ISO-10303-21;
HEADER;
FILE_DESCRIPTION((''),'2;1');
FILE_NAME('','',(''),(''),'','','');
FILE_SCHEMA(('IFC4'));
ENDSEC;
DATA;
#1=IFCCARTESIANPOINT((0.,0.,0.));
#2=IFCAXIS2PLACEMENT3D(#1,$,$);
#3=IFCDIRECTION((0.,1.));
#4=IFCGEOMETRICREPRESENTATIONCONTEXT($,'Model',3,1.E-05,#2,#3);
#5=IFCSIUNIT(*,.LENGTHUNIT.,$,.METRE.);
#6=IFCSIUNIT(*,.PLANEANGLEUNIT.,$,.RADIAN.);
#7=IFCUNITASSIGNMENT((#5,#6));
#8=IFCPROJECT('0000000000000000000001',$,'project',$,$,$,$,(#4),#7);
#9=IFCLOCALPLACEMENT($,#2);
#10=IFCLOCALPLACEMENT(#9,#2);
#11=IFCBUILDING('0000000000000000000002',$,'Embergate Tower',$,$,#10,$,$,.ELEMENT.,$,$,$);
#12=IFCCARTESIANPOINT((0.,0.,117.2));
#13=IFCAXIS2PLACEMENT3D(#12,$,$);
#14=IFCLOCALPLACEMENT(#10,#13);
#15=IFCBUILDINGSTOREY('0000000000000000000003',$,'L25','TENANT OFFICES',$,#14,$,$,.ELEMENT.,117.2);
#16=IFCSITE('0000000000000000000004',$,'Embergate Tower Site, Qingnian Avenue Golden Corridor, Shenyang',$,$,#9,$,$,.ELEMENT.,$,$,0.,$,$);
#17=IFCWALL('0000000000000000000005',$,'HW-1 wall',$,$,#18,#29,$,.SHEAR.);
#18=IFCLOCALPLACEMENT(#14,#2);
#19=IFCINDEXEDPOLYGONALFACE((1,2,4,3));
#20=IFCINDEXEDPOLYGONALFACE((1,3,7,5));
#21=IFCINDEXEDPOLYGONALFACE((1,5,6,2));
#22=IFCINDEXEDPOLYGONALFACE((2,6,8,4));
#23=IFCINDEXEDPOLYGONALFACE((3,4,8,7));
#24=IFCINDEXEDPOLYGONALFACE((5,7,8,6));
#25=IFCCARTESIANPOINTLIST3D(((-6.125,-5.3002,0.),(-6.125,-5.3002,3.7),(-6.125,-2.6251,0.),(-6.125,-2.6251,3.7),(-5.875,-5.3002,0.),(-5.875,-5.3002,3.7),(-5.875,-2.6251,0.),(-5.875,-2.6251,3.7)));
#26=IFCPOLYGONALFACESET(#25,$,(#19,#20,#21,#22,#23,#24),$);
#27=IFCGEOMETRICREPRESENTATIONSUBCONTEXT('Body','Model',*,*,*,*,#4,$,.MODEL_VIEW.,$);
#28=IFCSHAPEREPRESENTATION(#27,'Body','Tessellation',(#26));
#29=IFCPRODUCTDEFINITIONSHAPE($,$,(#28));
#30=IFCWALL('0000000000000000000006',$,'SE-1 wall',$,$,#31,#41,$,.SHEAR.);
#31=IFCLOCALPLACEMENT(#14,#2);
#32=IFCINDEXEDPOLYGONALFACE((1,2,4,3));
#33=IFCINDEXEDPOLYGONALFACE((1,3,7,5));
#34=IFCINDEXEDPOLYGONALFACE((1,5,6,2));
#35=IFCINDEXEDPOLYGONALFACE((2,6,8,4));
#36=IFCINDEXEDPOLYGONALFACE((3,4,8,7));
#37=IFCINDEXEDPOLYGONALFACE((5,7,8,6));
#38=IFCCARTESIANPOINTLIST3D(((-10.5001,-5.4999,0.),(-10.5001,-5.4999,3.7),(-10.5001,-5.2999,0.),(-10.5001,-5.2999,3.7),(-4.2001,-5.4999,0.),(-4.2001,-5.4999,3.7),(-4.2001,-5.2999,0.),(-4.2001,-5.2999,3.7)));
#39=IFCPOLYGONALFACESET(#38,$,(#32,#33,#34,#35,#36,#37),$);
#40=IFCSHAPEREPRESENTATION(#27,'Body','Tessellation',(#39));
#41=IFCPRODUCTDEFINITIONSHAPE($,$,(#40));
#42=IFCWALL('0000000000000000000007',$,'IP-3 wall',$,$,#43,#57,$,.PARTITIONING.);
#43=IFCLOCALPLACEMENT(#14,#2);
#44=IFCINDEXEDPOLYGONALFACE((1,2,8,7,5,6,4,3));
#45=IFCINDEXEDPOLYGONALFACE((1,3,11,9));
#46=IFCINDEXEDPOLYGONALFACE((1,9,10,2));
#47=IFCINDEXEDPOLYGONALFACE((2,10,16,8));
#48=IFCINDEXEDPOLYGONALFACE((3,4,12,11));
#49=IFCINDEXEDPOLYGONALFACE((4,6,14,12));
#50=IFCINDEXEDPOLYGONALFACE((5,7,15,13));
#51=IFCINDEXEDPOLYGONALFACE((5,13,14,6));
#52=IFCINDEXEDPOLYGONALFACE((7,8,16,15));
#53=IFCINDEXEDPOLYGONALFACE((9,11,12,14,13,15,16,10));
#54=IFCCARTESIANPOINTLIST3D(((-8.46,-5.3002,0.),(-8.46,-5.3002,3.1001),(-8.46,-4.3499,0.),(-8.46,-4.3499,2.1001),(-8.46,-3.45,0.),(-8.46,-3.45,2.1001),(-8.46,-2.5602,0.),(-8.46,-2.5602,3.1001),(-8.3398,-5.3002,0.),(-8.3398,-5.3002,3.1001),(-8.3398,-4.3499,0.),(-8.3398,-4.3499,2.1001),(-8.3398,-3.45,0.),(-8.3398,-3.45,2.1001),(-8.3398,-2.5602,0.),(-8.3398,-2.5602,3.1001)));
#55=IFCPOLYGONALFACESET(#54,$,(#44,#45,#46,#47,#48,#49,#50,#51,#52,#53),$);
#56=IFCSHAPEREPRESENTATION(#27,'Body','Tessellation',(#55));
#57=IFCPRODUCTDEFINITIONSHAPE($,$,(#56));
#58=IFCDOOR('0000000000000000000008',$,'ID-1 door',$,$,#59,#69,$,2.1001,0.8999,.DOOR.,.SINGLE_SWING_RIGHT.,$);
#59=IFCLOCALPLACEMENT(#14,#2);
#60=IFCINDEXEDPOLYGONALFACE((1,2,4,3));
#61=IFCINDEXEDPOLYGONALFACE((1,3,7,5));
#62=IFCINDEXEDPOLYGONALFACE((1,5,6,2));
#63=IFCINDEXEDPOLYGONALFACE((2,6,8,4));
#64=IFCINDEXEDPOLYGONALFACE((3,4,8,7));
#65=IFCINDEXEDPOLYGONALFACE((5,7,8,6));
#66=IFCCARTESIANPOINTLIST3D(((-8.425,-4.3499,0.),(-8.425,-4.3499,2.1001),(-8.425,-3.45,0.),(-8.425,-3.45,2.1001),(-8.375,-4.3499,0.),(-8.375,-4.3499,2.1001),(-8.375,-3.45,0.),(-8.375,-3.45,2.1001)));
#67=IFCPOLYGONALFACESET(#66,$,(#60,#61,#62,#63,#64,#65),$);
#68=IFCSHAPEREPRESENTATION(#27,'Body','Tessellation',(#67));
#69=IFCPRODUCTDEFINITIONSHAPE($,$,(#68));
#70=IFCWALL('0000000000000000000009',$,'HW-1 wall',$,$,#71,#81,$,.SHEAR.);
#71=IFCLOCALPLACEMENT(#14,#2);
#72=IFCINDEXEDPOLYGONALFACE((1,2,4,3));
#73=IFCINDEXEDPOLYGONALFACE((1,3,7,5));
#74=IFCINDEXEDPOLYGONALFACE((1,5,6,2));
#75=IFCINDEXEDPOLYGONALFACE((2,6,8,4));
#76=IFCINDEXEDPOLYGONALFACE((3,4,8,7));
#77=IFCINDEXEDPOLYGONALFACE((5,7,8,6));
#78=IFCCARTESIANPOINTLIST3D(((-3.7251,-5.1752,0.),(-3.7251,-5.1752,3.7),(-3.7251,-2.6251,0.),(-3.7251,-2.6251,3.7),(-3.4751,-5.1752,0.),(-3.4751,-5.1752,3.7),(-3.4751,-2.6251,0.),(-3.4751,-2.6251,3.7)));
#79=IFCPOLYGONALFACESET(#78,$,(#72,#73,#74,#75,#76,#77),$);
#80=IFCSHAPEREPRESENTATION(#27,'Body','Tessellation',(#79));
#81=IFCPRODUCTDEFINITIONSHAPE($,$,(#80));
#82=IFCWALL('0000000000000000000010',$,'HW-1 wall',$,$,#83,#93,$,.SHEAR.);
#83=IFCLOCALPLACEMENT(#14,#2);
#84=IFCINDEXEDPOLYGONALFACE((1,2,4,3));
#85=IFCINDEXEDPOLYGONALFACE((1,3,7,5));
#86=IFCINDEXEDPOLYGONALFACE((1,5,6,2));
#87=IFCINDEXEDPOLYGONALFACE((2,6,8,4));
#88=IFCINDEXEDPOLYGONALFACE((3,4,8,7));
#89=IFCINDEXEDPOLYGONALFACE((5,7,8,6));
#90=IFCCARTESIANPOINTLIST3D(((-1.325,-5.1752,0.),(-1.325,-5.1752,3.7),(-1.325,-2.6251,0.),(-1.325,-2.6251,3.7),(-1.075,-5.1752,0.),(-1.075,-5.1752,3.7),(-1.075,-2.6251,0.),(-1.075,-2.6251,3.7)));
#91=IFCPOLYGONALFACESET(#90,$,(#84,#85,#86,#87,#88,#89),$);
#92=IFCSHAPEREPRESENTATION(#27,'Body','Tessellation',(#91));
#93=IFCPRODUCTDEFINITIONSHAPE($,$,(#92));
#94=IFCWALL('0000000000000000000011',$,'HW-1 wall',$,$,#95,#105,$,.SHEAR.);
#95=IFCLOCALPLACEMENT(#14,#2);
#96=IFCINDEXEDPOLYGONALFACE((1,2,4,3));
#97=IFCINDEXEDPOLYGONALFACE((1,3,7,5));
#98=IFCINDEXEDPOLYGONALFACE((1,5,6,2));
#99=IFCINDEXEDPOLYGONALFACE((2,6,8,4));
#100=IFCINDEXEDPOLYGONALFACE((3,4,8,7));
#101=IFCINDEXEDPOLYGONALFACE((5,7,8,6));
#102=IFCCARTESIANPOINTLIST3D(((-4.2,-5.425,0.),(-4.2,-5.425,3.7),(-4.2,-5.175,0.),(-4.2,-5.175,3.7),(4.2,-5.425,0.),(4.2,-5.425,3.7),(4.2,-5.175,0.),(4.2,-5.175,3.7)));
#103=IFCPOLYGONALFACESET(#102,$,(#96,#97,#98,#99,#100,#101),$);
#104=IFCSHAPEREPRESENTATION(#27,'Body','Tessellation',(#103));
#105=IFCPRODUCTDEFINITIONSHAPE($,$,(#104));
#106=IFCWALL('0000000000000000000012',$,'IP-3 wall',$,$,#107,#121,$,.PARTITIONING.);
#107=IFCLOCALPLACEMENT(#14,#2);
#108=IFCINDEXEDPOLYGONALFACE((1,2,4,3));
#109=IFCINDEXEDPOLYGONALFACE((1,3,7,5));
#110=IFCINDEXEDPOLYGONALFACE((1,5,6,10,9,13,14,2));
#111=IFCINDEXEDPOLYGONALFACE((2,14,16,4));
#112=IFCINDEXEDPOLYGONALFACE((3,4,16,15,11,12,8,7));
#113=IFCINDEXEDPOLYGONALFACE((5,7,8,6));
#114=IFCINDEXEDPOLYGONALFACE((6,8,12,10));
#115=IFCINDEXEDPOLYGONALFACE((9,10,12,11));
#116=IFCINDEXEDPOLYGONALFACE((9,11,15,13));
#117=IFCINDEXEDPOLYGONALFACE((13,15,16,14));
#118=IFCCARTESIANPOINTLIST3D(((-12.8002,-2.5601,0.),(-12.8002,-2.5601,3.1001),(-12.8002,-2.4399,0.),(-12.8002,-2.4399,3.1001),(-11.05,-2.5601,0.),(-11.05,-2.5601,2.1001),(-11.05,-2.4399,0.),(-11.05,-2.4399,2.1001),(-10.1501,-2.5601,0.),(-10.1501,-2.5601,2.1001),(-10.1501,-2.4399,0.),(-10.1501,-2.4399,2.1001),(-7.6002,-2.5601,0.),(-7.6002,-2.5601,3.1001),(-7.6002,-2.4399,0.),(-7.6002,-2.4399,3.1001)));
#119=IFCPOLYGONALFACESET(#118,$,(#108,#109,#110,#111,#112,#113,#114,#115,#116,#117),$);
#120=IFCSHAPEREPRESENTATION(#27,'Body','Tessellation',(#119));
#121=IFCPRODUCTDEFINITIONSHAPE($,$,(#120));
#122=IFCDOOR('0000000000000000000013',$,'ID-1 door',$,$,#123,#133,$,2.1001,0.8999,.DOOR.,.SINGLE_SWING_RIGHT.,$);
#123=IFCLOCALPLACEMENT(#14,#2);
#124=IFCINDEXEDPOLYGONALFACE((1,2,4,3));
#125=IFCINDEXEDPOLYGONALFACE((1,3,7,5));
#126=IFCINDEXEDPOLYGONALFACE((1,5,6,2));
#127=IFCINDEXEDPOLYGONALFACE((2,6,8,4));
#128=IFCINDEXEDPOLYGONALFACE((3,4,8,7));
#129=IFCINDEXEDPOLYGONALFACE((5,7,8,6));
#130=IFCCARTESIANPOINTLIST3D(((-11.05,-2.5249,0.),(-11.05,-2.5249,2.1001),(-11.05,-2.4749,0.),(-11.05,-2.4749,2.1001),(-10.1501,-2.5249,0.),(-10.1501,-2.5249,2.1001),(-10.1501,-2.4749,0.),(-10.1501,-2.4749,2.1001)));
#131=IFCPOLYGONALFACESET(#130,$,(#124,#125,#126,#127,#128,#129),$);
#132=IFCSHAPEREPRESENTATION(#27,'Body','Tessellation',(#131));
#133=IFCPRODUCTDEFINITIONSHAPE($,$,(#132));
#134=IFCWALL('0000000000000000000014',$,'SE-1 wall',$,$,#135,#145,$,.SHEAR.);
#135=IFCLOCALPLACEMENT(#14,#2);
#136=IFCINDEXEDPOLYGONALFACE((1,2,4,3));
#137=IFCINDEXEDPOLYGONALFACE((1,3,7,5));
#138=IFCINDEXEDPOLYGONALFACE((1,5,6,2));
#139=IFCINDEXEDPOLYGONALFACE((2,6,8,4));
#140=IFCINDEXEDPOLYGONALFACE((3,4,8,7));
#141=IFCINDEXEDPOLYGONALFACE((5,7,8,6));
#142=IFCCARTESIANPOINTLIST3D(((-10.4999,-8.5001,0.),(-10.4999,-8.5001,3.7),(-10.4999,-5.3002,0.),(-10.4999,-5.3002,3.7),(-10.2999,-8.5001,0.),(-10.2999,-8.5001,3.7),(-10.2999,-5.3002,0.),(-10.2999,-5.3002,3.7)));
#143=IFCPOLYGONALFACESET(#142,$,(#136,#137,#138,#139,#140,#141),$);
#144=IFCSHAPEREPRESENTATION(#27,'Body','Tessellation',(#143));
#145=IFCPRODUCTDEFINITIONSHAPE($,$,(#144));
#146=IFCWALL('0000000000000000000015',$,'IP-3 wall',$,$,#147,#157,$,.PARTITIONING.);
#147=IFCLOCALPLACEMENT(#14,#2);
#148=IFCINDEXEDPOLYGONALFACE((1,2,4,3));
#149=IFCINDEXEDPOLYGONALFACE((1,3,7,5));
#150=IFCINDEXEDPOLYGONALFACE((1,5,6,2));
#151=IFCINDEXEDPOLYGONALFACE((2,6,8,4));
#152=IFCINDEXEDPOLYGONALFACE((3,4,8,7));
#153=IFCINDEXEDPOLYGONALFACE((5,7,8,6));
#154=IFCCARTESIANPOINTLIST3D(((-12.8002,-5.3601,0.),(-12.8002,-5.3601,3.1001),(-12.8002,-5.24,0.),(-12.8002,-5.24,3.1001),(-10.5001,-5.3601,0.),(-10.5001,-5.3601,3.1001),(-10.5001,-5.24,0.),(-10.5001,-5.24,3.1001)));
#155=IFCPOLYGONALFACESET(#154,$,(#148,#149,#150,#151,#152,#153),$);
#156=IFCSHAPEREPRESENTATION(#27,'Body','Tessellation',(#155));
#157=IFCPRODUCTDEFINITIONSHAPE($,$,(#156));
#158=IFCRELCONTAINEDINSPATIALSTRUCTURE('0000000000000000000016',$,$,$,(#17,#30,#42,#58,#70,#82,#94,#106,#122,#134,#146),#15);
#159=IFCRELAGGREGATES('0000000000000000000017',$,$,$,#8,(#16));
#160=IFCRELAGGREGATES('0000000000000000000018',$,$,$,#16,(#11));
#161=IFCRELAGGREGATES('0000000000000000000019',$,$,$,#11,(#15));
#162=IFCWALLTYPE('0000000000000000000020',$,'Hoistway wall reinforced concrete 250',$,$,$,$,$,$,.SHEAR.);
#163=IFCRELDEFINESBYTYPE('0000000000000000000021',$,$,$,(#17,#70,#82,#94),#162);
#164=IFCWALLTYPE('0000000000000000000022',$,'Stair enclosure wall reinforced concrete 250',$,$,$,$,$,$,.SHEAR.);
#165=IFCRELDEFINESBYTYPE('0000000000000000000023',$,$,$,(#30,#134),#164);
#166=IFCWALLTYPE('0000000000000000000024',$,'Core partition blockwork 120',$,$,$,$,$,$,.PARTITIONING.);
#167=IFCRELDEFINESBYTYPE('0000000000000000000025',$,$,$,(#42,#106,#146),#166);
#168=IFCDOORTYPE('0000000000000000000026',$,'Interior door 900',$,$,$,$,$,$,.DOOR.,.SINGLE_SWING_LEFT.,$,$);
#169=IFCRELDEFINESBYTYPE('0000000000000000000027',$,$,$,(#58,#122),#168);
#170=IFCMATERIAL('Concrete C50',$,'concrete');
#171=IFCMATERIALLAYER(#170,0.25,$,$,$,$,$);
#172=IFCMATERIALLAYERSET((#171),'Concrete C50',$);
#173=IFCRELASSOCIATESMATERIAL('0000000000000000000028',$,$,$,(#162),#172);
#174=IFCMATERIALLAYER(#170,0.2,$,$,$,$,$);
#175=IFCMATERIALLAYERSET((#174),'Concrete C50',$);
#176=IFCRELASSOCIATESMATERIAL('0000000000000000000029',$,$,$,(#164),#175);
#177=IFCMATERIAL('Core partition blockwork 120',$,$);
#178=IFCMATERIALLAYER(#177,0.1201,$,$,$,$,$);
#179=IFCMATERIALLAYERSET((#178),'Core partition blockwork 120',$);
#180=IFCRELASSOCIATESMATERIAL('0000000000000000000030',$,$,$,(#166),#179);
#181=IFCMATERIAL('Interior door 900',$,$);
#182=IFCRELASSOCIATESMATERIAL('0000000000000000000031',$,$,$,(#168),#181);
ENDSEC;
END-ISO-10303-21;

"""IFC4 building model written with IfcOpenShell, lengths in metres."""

from ifc_helpers import new_model, si_unit, direction, frame, frame_2d, origin, place, context, subcontext, project, spatial, rectangle, extrude, source, transform, mapped, material, layer, layer_set, type_object, element, fill, save


model = new_model("IFC4")

# Units and contexts
model_context = context("Model", 3, precision=1e-05, world=origin(), true_north=direction((0.0, 1.0)))
body_context = subcontext(model_context, "Body", "Model", "MODEL_VIEW")
ifc_project = project(units=[si_unit("LENGTHUNIT", "METRE"), si_unit("PLANEANGLEUNIT", "RADIAN")], contexts=[model_context])

# Site, building, storey
site_placement = place(None, origin())
site = spatial("IfcSite", under=ifc_project, at=site_placement, Name="Embergate Tower Site, Qingnian Avenue Golden Corridor, Shenyang", CompositionType="ELEMENT", RefElevation=0.0)
building_placement = place(site_placement, origin())
building = spatial("IfcBuilding", under=site, at=building_placement, Name="Embergate Tower", CompositionType="ELEMENT")
storey_placement = place(building_placement, frame((0.0, 0.0, 117.2)))
storey = spatial("IfcBuildingStorey", under=building, at=storey_placement, Name="L25", Description="TENANT OFFICES", CompositionType="ELEMENT", Elevation=117.2)

# Walls
ifc_material_1 = material(Name="Concrete C50", Category="concrete")
ifc_layer_1 = layer(ifc_material_1, 0.25)
ifc_layer_set_1 = layer_set([ifc_layer_1], Name="Concrete C50")
wall_type_1 = type_object("IfcWallType", Name="Hoistway wall reinforced concrete 250", PredefinedType="SHEAR", material=ifc_layer_set_1)
shared_shape_1 = source(origin(), body_context, "Body", "SweptSolid", [
    extrude(rectangle(XDim=2.675, YDim=0.25, at=frame_2d((1.3374, 0.0))), origin(), (0.0, 0.0, 1.0), 3.7),
])
wall_1_placement = place(storey_placement, frame((-6.0, -5.3, 0.0), z_axis=(0.0, 0.0, 1.0), x_axis=(0.0, 1.0, 0.0)))
element("IfcWall", 1, at=wall_1_placement, inside=storey, type_object=wall_type_1, Name="HW-1 wall", PredefinedType="SHEAR", context=body_context, shape_type="MappedRepresentation", body=[
    mapped(shared_shape_1, transform((0.0, 0.0, 0.0))),
])
ifc_layer_2 = layer(ifc_material_1, 0.2)
ifc_layer_set_2 = layer_set([ifc_layer_2], Name="Concrete C50")
wall_type_2 = type_object("IfcWallType", Name="Stair enclosure wall reinforced concrete 250", PredefinedType="SHEAR", material=ifc_layer_set_2)
shared_shape_2 = source(origin(), body_context, "Body", "SweptSolid", [
    extrude(rectangle(XDim=6.3, YDim=0.2, at=frame_2d((3.1499, 0.0))), origin(), (0.0, 0.0, 1.0), 3.7),
])
wall_2_placement = place(storey_placement, frame((-10.5, -5.3999, 0.0), z_axis=(0.0, 0.0, 1.0), x_axis=(1.0, 0.0, 0.0)))
element("IfcWall", 2, at=wall_2_placement, inside=storey, type_object=wall_type_2, Name="SE-1 wall", PredefinedType="SHEAR", context=body_context, shape_type="MappedRepresentation", body=[
    mapped(shared_shape_2, transform((0.0, 0.0, 0.0))),
])

# Wall, opening, door
ifc_material_2 = material(Name="Core partition blockwork 120")
ifc_layer_3 = layer(ifc_material_2, 0.1201)
ifc_layer_set_3 = layer_set([ifc_layer_3], Name="Core partition blockwork 120")
wall_type_3 = type_object("IfcWallType", Name="Core partition blockwork 120", PredefinedType="PARTITIONING", material=ifc_layer_set_3)
shared_shape_3 = source(origin(), body_context, "Body", "SweptSolid", [
    extrude(rectangle(XDim=2.74, YDim=0.1201, at=frame_2d((1.3701, 0.0))), origin(), (0.0, 0.0, 1.0), 3.1001),
])
wall_3_placement = place(storey_placement, frame((-8.3999, -2.5601, 0.0), z_axis=(0.0, 0.0, 1.0), x_axis=(0.0, -1.0, 0.0)))
wall_3 = element("IfcWall", 3, at=wall_3_placement, inside=storey, type_object=wall_type_3, Name="IP-3 wall", PredefinedType="PARTITIONING", context=body_context, shape_type="MappedRepresentation", body=[
    mapped(shared_shape_3, transform((0.0, 0.0, 0.0))),
])
shared_shape_4 = source(origin(), body_context, "Body", "SweptSolid", [
    extrude(rectangle(XDim=0.8999, YDim=2.1001, at=frame_2d((0.45, 1.05))), frame((0.0, 0.0701, 0.0), z_axis=(0.0, -1.0, 0.0), x_axis=(1.0, 0.0, 0.0)), (0.0, 0.0, 1.0), 0.1401),
])
opening_1_placement = place(wall_3_placement, frame((0.8899, 0.0, 0.0)))
opening_1 = element("IfcOpeningElement", 4, at=opening_1_placement, cuts=wall_3, PredefinedType="OPENING", context=body_context, shape_type="MappedRepresentation", body=[
    mapped(shared_shape_4, transform((0.0, 0.0, 0.0))),
])
ifc_material_3 = material(Name="Interior door 900")
door_type = type_object("IfcDoorType", Name="Interior door 900", OperationType="SINGLE_SWING_LEFT", PredefinedType="DOOR", material=ifc_material_3)
shared_shape_5 = source(origin(), body_context, "Body", "SweptSolid", [
    extrude(rectangle(XDim=0.8999, YDim=2.1001, at=frame_2d((0.45, 1.05))), frame((0.0, 0.0249, 0.0), z_axis=(0.0, -1.0, 0.0), x_axis=(1.0, 0.0, 0.0)), (0.0, 0.0, 1.0), 0.05),
])
door_1_placement = place(opening_1_placement, origin())
door_1 = element("IfcDoor", 5, at=door_1_placement, inside=storey, type_object=door_type, Name="ID-1 door", OperationType="SINGLE_SWING_RIGHT", OverallHeight=2.1001, OverallWidth=0.8999, PredefinedType="DOOR", context=body_context, shape_type="MappedRepresentation", body=[
    mapped(shared_shape_5, transform((0.0, 0.0, 0.0))),
])
fill(opening_1, door_1)

# Walls
shared_shape_6 = source(origin(), body_context, "Body", "SweptSolid", [
    extrude(rectangle(XDim=2.55, YDim=0.25, at=frame_2d((1.2749, 0.0))), origin(), (0.0, 0.0, 1.0), 3.7),
])
for number, where, z_axis, x_axis, name in (
    (6, (-3.6001, -5.175, 0.0), (0.0, 0.0, 1.0), (0.0, 1.0, 0.0), "HW-1 wall"),
    (7, (-1.2, -5.175, 0.0), (0.0, 0.0, 1.0), (0.0, 1.0, 0.0), "HW-1 wall"),
):
    element("IfcWall", number, at=place(storey_placement, frame(where, z_axis=z_axis, x_axis=x_axis)), inside=storey, type_object=wall_type_1, Name=name, PredefinedType="SHEAR", context=body_context, shape_type="MappedRepresentation", body=[
        mapped(shared_shape_6, transform((0.0, 0.0, 0.0))),
    ])
shared_shape_7 = source(origin(), body_context, "Body", "SweptSolid", [
    extrude(rectangle(XDim=8.3999, YDim=0.25, at=frame_2d((4.2, 0.0))), origin(), (0.0, 0.0, 1.0), 3.7),
])
wall_4_placement = place(storey_placement, frame((-4.2, -5.3, 0.0), z_axis=(0.0, 0.0, 1.0), x_axis=(1.0, 0.0, 0.0)))
element("IfcWall", 8, at=wall_4_placement, inside=storey, type_object=wall_type_1, Name="HW-1 wall", PredefinedType="SHEAR", context=body_context, shape_type="MappedRepresentation", body=[
    mapped(shared_shape_7, transform((0.0, 0.0, 0.0))),
])

# Wall, opening, door
shared_shape_8 = source(origin(), body_context, "Body", "SweptSolid", [
    extrude(rectangle(XDim=5.2, YDim=0.1201, at=frame_2d((2.6001, 0.0))), origin(), (0.0, 0.0, 1.0), 3.1001),
])
wall_5_placement = place(storey_placement, frame((-7.6001, -2.5, 0.0), z_axis=(0.0, 0.0, 1.0), x_axis=(-1.0, 0.0, 0.0)))
wall_5 = element("IfcWall", 9, at=wall_5_placement, inside=storey, type_object=wall_type_3, Name="IP-3 wall", PredefinedType="PARTITIONING", context=body_context, shape_type="MappedRepresentation", body=[
    mapped(shared_shape_8, transform((0.0, 0.0, 0.0))),
])
opening_2_placement = place(wall_5_placement, frame((2.55, 0.0, 0.0)))
opening_2 = element("IfcOpeningElement", 10, at=opening_2_placement, cuts=wall_5, PredefinedType="OPENING", context=body_context, shape_type="MappedRepresentation", body=[
    mapped(shared_shape_4, transform((0.0, 0.0, 0.0))),
])
door_2_placement = place(opening_2_placement, origin())
door_2 = element("IfcDoor", 11, at=door_2_placement, inside=storey, type_object=door_type, Name="ID-1 door", OperationType="SINGLE_SWING_RIGHT", OverallHeight=2.1001, OverallWidth=0.8999, PredefinedType="DOOR", context=body_context, shape_type="MappedRepresentation", body=[
    mapped(shared_shape_5, transform((0.0, 0.0, 0.0))),
])
fill(opening_2, door_2)

# Walls
shared_shape_9 = source(origin(), body_context, "Body", "SweptSolid", [
    extrude(rectangle(XDim=3.2, YDim=0.2, at=frame_2d((1.6001, 0.0))), origin(), (0.0, 0.0, 1.0), 3.7),
])
wall_6_placement = place(storey_placement, frame((-10.3999, -5.3, 0.0), z_axis=(0.0, 0.0, 1.0), x_axis=(0.0, -1.0, 0.0)))
element("IfcWall", 12, at=wall_6_placement, inside=storey, type_object=wall_type_2, Name="SE-1 wall", PredefinedType="SHEAR", context=body_context, shape_type="MappedRepresentation", body=[
    mapped(shared_shape_9, transform((0.0, 0.0, 0.0))),
])
shared_shape_10 = source(origin(), body_context, "Body", "SweptSolid", [
    extrude(rectangle(XDim=2.3, YDim=0.1201, at=frame_2d((1.1499, 0.0))), origin(), (0.0, 0.0, 1.0), 3.1001),
])
wall_7_placement = place(storey_placement, frame((-12.8, -5.3, 0.0), z_axis=(0.0, 0.0, 1.0), x_axis=(1.0, 0.0, 0.0)))
element("IfcWall", 13, at=wall_7_placement, inside=storey, type_object=wall_type_3, Name="IP-3 wall", PredefinedType="PARTITIONING", context=body_context, shape_type="MappedRepresentation", body=[
    mapped(shared_shape_10, transform((0.0, 0.0, 0.0))),
])

save(model, "model.ifc")
